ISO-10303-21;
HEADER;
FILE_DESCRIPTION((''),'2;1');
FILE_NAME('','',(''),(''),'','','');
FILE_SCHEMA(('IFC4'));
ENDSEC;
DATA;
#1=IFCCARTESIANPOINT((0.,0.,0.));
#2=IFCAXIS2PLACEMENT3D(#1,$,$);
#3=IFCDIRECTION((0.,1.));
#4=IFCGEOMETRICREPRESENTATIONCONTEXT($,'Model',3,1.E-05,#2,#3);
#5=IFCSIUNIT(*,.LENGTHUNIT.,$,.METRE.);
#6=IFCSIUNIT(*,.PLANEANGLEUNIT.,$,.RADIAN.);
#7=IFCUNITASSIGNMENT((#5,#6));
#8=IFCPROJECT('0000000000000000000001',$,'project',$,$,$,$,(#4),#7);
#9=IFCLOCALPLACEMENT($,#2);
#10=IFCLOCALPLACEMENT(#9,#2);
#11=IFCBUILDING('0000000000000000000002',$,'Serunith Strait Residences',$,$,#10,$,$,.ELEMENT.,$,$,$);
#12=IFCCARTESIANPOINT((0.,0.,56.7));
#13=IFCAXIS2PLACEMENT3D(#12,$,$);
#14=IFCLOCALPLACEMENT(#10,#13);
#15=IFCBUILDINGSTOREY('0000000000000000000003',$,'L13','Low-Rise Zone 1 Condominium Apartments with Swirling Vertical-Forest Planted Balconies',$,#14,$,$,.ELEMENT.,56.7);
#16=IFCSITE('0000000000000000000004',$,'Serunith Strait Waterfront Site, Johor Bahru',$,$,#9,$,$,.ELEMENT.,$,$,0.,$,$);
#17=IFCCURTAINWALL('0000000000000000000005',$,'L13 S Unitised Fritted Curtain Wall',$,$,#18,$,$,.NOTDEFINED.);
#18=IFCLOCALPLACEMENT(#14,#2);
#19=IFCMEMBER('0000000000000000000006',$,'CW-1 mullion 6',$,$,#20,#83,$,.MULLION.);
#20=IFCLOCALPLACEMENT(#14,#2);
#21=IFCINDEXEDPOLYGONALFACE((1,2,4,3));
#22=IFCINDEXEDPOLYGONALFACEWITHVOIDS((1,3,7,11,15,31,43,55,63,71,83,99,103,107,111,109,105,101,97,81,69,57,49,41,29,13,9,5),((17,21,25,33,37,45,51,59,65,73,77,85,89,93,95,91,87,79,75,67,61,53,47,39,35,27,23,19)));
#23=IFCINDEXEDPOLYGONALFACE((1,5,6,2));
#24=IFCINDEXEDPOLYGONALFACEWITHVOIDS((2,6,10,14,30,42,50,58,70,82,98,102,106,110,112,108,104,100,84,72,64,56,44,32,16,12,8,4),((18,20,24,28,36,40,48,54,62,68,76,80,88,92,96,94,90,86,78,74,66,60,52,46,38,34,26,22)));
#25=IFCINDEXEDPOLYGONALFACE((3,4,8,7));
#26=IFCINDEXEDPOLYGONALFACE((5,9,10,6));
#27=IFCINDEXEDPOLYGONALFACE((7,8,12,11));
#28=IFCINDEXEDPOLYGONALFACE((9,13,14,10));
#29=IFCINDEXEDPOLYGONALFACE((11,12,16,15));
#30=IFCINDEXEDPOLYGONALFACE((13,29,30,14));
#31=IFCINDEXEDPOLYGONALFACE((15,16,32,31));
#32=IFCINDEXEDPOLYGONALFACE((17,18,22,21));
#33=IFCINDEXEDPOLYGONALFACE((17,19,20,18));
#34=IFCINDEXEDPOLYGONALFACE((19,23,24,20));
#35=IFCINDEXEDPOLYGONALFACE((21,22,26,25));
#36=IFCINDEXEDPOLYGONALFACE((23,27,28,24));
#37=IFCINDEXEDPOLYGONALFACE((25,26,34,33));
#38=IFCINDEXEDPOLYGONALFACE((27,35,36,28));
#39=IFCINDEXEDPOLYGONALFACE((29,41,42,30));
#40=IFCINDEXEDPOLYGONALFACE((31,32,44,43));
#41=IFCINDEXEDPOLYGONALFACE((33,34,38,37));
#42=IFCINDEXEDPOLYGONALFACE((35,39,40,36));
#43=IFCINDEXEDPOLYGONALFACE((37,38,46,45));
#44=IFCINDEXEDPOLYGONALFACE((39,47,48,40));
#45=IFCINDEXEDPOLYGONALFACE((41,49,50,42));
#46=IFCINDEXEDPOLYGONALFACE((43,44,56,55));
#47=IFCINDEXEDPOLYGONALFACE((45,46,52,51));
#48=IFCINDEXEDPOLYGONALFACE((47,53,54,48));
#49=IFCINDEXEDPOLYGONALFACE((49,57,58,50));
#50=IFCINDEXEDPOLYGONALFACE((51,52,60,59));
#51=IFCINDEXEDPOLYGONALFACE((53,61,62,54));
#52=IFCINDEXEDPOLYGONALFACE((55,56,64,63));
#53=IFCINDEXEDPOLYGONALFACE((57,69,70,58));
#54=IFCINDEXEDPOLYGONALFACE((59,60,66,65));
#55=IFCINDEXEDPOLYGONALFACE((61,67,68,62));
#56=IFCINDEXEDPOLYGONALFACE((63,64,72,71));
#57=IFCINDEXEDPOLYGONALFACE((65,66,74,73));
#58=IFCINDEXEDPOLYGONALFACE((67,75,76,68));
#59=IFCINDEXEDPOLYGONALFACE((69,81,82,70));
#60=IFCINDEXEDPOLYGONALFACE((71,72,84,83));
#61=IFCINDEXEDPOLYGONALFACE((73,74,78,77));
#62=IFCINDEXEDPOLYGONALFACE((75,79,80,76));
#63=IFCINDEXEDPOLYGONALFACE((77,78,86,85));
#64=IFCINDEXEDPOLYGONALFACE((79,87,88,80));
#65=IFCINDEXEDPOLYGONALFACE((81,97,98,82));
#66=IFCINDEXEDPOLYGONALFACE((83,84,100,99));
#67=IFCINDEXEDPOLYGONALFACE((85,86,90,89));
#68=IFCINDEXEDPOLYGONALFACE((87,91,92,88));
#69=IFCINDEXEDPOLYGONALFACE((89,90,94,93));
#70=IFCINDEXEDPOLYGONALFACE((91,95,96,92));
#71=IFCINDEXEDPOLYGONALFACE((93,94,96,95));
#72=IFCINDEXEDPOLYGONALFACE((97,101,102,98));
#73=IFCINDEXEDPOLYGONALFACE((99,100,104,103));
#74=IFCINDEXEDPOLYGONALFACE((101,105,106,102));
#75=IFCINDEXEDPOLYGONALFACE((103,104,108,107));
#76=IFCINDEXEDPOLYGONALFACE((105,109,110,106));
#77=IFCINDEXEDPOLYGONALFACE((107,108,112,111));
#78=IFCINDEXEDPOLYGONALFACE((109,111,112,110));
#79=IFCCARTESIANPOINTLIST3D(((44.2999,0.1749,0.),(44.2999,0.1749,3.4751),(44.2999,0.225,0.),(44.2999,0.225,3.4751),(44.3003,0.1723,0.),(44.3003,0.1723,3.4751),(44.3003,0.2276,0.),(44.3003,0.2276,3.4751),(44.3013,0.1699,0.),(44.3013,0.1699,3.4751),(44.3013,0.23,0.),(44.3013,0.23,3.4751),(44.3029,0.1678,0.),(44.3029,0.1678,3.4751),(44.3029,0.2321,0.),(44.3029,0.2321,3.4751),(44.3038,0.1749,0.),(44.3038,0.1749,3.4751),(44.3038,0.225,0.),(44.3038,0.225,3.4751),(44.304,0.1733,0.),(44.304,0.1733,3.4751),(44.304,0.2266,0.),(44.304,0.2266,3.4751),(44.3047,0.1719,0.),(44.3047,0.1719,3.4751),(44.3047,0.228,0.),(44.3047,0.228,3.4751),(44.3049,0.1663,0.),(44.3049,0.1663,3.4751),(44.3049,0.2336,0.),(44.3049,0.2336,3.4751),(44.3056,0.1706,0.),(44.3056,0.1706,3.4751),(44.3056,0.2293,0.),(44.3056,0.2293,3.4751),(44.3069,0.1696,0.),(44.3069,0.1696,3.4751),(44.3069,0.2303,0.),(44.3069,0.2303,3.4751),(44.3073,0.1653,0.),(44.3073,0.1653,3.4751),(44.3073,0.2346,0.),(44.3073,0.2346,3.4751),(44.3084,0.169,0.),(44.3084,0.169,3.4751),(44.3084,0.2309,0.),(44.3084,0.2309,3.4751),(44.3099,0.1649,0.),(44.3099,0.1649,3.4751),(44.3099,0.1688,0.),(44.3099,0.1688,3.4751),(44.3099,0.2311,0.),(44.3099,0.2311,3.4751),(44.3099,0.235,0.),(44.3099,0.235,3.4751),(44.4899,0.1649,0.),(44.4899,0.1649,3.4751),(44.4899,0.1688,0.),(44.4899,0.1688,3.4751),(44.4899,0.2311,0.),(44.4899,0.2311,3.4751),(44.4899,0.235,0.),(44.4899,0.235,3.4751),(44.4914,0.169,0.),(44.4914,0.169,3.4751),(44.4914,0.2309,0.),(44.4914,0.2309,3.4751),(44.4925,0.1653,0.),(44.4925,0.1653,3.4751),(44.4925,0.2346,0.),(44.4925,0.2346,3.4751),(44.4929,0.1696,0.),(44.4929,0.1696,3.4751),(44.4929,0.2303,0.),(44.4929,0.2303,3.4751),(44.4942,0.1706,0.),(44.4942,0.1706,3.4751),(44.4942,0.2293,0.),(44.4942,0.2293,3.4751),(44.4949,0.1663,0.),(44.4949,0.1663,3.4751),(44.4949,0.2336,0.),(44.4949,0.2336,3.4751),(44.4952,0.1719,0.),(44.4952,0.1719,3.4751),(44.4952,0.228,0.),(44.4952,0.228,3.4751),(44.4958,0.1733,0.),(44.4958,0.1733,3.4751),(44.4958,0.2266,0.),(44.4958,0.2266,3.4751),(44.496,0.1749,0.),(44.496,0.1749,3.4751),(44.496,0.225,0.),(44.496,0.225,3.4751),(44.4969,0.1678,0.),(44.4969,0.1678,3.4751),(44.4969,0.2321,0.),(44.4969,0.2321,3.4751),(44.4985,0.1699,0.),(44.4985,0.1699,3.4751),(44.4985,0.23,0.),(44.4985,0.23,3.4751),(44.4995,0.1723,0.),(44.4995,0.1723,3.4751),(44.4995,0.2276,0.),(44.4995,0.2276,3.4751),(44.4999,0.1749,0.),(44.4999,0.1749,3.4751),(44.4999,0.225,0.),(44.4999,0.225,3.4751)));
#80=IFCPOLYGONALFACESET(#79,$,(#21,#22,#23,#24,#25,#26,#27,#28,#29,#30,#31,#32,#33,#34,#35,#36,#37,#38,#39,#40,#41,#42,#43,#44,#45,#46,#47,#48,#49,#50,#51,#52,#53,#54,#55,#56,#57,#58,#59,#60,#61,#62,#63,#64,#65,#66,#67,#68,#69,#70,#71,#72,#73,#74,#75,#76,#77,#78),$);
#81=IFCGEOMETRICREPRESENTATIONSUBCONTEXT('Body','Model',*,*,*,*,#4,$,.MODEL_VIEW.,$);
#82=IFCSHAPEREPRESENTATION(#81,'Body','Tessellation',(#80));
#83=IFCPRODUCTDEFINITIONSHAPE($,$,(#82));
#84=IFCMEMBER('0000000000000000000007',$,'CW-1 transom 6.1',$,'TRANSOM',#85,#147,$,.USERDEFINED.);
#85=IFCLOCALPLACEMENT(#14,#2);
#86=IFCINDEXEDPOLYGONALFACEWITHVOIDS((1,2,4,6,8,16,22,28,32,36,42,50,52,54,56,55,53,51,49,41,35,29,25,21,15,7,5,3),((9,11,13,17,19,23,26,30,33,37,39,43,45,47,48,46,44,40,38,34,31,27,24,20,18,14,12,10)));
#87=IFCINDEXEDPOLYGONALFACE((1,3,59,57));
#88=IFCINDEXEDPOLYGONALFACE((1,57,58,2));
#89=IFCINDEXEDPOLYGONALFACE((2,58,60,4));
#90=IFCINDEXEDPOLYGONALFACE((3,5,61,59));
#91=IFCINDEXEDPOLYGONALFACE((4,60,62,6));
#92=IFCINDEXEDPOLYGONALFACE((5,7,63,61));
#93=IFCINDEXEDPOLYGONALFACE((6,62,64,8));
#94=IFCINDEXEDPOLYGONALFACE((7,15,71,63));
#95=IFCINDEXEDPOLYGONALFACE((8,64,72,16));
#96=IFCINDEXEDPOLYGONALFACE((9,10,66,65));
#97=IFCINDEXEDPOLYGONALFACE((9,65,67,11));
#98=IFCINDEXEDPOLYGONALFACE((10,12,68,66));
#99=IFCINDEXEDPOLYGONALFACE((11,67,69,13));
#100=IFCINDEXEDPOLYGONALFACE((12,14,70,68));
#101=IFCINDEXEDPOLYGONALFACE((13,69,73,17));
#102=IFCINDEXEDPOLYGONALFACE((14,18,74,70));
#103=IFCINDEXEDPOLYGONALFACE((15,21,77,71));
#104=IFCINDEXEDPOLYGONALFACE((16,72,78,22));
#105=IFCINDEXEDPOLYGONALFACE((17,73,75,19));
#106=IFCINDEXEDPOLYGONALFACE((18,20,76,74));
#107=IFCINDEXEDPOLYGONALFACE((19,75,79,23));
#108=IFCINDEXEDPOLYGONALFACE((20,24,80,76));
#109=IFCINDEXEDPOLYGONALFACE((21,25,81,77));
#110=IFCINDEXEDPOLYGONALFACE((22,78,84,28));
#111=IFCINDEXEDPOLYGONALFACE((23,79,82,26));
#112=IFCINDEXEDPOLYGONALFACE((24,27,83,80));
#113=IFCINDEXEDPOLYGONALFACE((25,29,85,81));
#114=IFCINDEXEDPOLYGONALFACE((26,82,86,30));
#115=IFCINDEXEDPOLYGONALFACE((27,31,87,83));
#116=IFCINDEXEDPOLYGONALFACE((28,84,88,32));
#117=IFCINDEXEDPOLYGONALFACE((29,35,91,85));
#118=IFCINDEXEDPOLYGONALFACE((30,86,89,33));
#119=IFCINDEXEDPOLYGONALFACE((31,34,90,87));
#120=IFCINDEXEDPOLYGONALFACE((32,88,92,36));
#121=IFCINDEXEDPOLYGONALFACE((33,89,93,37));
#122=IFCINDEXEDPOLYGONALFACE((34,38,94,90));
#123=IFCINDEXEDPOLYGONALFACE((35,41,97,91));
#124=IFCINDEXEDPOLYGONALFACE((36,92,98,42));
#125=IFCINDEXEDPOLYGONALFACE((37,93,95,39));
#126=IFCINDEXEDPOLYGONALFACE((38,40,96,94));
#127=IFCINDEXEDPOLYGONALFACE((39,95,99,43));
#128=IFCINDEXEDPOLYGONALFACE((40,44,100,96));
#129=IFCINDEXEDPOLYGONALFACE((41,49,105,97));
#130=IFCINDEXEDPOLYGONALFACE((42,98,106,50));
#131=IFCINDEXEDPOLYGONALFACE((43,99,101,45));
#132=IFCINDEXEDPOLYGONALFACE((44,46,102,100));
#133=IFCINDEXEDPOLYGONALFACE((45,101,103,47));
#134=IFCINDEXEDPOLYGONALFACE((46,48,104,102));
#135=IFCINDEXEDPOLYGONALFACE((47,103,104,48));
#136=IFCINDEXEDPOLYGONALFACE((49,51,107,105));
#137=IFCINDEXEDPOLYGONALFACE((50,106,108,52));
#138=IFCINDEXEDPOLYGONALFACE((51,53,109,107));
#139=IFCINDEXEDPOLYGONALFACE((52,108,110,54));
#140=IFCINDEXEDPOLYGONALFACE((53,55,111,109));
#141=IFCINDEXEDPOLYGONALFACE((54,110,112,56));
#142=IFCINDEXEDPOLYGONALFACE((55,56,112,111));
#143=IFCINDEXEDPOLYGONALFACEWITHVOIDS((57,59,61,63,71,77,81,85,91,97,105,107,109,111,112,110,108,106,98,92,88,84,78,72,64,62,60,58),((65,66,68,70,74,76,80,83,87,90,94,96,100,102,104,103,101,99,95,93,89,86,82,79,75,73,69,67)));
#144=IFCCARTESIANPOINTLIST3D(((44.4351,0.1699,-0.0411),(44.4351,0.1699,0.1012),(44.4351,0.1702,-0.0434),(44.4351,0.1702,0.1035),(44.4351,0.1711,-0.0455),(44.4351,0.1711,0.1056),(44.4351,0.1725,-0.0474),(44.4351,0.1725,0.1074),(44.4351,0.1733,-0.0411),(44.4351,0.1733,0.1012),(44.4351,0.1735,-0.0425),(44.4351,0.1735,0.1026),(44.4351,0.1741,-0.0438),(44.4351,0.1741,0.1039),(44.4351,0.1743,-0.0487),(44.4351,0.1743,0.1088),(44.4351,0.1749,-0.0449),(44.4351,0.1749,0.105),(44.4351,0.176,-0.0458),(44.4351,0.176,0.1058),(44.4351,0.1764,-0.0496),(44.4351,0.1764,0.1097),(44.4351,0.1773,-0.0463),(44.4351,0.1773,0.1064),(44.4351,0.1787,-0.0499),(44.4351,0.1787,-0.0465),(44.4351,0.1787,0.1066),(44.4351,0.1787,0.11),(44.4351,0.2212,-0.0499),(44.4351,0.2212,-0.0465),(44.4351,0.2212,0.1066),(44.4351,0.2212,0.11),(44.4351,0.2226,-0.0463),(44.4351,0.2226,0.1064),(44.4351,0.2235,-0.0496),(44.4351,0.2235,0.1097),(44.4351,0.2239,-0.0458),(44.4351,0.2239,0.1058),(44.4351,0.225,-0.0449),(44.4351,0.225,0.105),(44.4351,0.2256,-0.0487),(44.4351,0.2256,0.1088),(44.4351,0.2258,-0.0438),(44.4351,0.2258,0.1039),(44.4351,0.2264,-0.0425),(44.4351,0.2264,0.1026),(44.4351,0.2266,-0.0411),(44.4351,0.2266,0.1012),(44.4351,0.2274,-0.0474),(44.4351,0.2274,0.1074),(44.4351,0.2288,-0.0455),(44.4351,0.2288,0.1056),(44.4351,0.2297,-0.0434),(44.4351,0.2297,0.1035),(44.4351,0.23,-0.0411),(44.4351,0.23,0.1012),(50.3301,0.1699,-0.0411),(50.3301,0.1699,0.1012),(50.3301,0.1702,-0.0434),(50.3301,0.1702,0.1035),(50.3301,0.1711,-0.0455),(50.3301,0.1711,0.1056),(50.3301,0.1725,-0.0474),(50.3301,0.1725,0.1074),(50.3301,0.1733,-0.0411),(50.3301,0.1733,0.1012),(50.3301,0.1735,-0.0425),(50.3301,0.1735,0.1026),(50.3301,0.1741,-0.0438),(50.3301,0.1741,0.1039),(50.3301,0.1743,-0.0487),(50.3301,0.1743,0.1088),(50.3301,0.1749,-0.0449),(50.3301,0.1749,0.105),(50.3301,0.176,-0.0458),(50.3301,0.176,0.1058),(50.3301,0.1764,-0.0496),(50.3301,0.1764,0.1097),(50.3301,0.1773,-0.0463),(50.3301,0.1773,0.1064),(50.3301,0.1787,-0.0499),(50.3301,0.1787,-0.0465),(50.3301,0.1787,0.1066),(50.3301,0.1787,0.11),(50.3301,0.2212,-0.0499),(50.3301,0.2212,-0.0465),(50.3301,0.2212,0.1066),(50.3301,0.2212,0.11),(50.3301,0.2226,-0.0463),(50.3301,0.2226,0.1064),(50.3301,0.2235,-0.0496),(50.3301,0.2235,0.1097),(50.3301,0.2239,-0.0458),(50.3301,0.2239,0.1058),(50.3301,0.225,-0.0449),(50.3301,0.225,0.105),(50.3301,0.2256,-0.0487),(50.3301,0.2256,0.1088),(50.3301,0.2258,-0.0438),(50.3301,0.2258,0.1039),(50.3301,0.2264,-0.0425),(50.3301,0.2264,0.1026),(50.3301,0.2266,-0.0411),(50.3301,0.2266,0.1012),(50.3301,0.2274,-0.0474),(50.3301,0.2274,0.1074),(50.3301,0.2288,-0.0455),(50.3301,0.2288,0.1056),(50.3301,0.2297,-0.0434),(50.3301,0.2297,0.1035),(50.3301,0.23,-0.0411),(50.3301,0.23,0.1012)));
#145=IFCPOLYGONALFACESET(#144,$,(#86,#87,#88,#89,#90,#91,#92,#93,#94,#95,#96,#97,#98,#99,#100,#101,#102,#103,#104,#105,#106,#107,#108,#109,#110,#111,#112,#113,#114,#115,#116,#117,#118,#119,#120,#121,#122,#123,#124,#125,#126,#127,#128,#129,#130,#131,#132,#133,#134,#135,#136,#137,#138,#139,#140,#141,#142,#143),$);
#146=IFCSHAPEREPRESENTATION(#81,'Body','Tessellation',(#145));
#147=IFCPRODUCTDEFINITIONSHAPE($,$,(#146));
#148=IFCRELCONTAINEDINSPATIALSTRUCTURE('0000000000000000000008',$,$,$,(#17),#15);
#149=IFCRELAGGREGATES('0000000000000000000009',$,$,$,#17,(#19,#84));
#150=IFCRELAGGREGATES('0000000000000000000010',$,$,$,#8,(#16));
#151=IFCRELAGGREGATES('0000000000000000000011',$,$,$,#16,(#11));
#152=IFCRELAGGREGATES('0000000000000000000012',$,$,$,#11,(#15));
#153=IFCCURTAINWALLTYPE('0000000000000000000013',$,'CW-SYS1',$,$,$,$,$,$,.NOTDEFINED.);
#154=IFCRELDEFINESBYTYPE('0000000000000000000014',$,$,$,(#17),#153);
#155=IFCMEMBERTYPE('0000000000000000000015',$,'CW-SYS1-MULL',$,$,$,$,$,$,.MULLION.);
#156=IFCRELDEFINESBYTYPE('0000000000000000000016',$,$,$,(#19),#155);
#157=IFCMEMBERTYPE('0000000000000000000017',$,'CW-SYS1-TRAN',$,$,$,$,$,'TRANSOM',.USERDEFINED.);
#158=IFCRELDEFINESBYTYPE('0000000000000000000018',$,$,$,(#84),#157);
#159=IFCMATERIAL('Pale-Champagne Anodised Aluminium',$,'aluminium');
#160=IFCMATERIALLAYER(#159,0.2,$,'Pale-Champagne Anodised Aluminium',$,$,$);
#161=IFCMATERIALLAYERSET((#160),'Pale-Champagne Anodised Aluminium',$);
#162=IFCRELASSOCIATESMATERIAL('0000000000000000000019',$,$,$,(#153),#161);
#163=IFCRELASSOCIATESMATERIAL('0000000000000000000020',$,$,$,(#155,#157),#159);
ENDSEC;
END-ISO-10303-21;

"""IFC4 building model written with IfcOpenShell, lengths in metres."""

from ifc_helpers import new_model, si_unit, direction, frame, origin, origin_2d, place, context, subcontext, project, spatial, hollow_rectangle, extrude, source, transform, mapped, material, layer, layer_set, material_profile, profile_set, type_object, element, aggregate, save


model = new_model("IFC4")

# Units and contexts
model_context = context("Model", 3, precision=1e-05, world=origin(), true_north=direction((0.0, 1.0)))
body_context = subcontext(model_context, "Body", "Model", "MODEL_VIEW")
ifc_project = project(units=[si_unit("LENGTHUNIT", "METRE"), si_unit("PLANEANGLEUNIT", "RADIAN")], contexts=[model_context])

# Site, building, storey
site_placement = place(None, origin())
site = spatial("IfcSite", under=ifc_project, at=site_placement, Name="Serunith Strait Waterfront Site, Johor Bahru", CompositionType="ELEMENT", RefElevation=0.0)
building_placement = place(site_placement, origin())
building = spatial("IfcBuilding", under=site, at=building_placement, Name="Serunith Strait Residences", CompositionType="ELEMENT")
storey_placement = place(building_placement, frame((0.0, 0.0, 56.7)))
storey = spatial("IfcBuildingStorey", under=building, at=storey_placement, Name="L13", Description="Low-Rise Zone 1 Condominium Apartments with Swirling Vertical-Forest Planted Balconies", CompositionType="ELEMENT", Elevation=56.7)

# Curtain wall, members
ifc_material_1 = material(Name="Pale-Champagne Anodised Aluminium", Category="aluminium")
ifc_layer_1 = layer(ifc_material_1, 0.2, Name="Pale-Champagne Anodised Aluminium")
ifc_layer_set_1 = layer_set([ifc_layer_1], Name="Pale-Champagne Anodised Aluminium")
curtain_wall_type = type_object("IfcCurtainWallType", Name="CW-SYS1", PredefinedType="NOTDEFINED", material=ifc_layer_set_1)
curtain_wall_placement = place(storey_placement, origin())
curtain_wall = element("IfcCurtainWall", 1, at=curtain_wall_placement, inside=storey, type_object=curtain_wall_type, Name="L13 S Unitised Fritted Curtain Wall", PredefinedType="NOTDEFINED")
ifc_material_profile_1 = material_profile(ifc_material_1, hollow_rectangle(XDim=0.0701, YDim=0.2, WallThickness=0.0039, InnerFilletRadius=0.0061, OuterFilletRadius=0.01, at=origin_2d()), Name="ALU 200x70x4")
ifc_profile_set_1 = profile_set([ifc_material_profile_1], Name="Pale-Champagne Anodised Aluminium")
member_type_1 = type_object("IfcMemberType", Name="CW-SYS1-MULL", PredefinedType="MULLION", material=ifc_profile_set_1)
shared_shape_1 = source(origin(), body_context, "Body", "SweptSolid", [
    extrude(hollow_rectangle(XDim=0.0701, YDim=0.2, WallThickness=0.0039, InnerFilletRadius=0.0061, OuterFilletRadius=0.01, at=origin_2d()), origin(), (0.0, 0.0, 1.0), 3.4751),
])
member_1_placement = place(storey_placement, frame((44.3999, 0.2, 0.0), z_axis=(0.0, 0.0, 1.0), x_axis=(0.0, 1.0, 0.0)))
member_1 = element("IfcMember", 2, at=member_1_placement, type_object=member_type_1, Name="CW-1 mullion 6", PredefinedType="MULLION", context=body_context, shape_type="MappedRepresentation", body=[
    mapped(shared_shape_1, transform((0.0, 0.0, 0.0), scale=1.0)),
])
ifc_material_profile_2 = material_profile(ifc_material_1, hollow_rectangle(XDim=0.0601, YDim=0.1599, WallThickness=0.0034, InnerFilletRadius=0.0054, OuterFilletRadius=0.0088, at=origin_2d()), Name="ALU 160x60x3.5")
ifc_profile_set_2 = profile_set([ifc_material_profile_2], Name="Pale-Champagne Anodised Aluminium")
member_type_2 = type_object("IfcMemberType", Name="CW-SYS1-TRAN", ElementType="TRANSOM", PredefinedType="USERDEFINED", material=ifc_profile_set_2)
shared_shape_2 = source(origin(), body_context, "Body", "SweptSolid", [
    extrude(hollow_rectangle(XDim=0.0601, YDim=0.1599, WallThickness=0.0034, InnerFilletRadius=0.0054, OuterFilletRadius=0.0088, at=origin_2d()), origin(), (0.0, 0.0, 1.0), 5.895),
])
member_2_placement = place(storey_placement, frame((44.4351, 0.2, 0.03), z_axis=(1.0, 0.0, 0.0), x_axis=(0.0, 1.0, 0.0)))
member_2 = element("IfcMember", 3, at=member_2_placement, type_object=member_type_2, Name="CW-1 transom 6.1", ObjectType="TRANSOM", PredefinedType="USERDEFINED", context=body_context, shape_type="MappedRepresentation", body=[
    mapped(shared_shape_2, transform((0.0, 0.0, 0.0), scale=1.0)),
])
aggregate(curtain_wall, [member_1, member_2])

save(model, "model.ifc")
